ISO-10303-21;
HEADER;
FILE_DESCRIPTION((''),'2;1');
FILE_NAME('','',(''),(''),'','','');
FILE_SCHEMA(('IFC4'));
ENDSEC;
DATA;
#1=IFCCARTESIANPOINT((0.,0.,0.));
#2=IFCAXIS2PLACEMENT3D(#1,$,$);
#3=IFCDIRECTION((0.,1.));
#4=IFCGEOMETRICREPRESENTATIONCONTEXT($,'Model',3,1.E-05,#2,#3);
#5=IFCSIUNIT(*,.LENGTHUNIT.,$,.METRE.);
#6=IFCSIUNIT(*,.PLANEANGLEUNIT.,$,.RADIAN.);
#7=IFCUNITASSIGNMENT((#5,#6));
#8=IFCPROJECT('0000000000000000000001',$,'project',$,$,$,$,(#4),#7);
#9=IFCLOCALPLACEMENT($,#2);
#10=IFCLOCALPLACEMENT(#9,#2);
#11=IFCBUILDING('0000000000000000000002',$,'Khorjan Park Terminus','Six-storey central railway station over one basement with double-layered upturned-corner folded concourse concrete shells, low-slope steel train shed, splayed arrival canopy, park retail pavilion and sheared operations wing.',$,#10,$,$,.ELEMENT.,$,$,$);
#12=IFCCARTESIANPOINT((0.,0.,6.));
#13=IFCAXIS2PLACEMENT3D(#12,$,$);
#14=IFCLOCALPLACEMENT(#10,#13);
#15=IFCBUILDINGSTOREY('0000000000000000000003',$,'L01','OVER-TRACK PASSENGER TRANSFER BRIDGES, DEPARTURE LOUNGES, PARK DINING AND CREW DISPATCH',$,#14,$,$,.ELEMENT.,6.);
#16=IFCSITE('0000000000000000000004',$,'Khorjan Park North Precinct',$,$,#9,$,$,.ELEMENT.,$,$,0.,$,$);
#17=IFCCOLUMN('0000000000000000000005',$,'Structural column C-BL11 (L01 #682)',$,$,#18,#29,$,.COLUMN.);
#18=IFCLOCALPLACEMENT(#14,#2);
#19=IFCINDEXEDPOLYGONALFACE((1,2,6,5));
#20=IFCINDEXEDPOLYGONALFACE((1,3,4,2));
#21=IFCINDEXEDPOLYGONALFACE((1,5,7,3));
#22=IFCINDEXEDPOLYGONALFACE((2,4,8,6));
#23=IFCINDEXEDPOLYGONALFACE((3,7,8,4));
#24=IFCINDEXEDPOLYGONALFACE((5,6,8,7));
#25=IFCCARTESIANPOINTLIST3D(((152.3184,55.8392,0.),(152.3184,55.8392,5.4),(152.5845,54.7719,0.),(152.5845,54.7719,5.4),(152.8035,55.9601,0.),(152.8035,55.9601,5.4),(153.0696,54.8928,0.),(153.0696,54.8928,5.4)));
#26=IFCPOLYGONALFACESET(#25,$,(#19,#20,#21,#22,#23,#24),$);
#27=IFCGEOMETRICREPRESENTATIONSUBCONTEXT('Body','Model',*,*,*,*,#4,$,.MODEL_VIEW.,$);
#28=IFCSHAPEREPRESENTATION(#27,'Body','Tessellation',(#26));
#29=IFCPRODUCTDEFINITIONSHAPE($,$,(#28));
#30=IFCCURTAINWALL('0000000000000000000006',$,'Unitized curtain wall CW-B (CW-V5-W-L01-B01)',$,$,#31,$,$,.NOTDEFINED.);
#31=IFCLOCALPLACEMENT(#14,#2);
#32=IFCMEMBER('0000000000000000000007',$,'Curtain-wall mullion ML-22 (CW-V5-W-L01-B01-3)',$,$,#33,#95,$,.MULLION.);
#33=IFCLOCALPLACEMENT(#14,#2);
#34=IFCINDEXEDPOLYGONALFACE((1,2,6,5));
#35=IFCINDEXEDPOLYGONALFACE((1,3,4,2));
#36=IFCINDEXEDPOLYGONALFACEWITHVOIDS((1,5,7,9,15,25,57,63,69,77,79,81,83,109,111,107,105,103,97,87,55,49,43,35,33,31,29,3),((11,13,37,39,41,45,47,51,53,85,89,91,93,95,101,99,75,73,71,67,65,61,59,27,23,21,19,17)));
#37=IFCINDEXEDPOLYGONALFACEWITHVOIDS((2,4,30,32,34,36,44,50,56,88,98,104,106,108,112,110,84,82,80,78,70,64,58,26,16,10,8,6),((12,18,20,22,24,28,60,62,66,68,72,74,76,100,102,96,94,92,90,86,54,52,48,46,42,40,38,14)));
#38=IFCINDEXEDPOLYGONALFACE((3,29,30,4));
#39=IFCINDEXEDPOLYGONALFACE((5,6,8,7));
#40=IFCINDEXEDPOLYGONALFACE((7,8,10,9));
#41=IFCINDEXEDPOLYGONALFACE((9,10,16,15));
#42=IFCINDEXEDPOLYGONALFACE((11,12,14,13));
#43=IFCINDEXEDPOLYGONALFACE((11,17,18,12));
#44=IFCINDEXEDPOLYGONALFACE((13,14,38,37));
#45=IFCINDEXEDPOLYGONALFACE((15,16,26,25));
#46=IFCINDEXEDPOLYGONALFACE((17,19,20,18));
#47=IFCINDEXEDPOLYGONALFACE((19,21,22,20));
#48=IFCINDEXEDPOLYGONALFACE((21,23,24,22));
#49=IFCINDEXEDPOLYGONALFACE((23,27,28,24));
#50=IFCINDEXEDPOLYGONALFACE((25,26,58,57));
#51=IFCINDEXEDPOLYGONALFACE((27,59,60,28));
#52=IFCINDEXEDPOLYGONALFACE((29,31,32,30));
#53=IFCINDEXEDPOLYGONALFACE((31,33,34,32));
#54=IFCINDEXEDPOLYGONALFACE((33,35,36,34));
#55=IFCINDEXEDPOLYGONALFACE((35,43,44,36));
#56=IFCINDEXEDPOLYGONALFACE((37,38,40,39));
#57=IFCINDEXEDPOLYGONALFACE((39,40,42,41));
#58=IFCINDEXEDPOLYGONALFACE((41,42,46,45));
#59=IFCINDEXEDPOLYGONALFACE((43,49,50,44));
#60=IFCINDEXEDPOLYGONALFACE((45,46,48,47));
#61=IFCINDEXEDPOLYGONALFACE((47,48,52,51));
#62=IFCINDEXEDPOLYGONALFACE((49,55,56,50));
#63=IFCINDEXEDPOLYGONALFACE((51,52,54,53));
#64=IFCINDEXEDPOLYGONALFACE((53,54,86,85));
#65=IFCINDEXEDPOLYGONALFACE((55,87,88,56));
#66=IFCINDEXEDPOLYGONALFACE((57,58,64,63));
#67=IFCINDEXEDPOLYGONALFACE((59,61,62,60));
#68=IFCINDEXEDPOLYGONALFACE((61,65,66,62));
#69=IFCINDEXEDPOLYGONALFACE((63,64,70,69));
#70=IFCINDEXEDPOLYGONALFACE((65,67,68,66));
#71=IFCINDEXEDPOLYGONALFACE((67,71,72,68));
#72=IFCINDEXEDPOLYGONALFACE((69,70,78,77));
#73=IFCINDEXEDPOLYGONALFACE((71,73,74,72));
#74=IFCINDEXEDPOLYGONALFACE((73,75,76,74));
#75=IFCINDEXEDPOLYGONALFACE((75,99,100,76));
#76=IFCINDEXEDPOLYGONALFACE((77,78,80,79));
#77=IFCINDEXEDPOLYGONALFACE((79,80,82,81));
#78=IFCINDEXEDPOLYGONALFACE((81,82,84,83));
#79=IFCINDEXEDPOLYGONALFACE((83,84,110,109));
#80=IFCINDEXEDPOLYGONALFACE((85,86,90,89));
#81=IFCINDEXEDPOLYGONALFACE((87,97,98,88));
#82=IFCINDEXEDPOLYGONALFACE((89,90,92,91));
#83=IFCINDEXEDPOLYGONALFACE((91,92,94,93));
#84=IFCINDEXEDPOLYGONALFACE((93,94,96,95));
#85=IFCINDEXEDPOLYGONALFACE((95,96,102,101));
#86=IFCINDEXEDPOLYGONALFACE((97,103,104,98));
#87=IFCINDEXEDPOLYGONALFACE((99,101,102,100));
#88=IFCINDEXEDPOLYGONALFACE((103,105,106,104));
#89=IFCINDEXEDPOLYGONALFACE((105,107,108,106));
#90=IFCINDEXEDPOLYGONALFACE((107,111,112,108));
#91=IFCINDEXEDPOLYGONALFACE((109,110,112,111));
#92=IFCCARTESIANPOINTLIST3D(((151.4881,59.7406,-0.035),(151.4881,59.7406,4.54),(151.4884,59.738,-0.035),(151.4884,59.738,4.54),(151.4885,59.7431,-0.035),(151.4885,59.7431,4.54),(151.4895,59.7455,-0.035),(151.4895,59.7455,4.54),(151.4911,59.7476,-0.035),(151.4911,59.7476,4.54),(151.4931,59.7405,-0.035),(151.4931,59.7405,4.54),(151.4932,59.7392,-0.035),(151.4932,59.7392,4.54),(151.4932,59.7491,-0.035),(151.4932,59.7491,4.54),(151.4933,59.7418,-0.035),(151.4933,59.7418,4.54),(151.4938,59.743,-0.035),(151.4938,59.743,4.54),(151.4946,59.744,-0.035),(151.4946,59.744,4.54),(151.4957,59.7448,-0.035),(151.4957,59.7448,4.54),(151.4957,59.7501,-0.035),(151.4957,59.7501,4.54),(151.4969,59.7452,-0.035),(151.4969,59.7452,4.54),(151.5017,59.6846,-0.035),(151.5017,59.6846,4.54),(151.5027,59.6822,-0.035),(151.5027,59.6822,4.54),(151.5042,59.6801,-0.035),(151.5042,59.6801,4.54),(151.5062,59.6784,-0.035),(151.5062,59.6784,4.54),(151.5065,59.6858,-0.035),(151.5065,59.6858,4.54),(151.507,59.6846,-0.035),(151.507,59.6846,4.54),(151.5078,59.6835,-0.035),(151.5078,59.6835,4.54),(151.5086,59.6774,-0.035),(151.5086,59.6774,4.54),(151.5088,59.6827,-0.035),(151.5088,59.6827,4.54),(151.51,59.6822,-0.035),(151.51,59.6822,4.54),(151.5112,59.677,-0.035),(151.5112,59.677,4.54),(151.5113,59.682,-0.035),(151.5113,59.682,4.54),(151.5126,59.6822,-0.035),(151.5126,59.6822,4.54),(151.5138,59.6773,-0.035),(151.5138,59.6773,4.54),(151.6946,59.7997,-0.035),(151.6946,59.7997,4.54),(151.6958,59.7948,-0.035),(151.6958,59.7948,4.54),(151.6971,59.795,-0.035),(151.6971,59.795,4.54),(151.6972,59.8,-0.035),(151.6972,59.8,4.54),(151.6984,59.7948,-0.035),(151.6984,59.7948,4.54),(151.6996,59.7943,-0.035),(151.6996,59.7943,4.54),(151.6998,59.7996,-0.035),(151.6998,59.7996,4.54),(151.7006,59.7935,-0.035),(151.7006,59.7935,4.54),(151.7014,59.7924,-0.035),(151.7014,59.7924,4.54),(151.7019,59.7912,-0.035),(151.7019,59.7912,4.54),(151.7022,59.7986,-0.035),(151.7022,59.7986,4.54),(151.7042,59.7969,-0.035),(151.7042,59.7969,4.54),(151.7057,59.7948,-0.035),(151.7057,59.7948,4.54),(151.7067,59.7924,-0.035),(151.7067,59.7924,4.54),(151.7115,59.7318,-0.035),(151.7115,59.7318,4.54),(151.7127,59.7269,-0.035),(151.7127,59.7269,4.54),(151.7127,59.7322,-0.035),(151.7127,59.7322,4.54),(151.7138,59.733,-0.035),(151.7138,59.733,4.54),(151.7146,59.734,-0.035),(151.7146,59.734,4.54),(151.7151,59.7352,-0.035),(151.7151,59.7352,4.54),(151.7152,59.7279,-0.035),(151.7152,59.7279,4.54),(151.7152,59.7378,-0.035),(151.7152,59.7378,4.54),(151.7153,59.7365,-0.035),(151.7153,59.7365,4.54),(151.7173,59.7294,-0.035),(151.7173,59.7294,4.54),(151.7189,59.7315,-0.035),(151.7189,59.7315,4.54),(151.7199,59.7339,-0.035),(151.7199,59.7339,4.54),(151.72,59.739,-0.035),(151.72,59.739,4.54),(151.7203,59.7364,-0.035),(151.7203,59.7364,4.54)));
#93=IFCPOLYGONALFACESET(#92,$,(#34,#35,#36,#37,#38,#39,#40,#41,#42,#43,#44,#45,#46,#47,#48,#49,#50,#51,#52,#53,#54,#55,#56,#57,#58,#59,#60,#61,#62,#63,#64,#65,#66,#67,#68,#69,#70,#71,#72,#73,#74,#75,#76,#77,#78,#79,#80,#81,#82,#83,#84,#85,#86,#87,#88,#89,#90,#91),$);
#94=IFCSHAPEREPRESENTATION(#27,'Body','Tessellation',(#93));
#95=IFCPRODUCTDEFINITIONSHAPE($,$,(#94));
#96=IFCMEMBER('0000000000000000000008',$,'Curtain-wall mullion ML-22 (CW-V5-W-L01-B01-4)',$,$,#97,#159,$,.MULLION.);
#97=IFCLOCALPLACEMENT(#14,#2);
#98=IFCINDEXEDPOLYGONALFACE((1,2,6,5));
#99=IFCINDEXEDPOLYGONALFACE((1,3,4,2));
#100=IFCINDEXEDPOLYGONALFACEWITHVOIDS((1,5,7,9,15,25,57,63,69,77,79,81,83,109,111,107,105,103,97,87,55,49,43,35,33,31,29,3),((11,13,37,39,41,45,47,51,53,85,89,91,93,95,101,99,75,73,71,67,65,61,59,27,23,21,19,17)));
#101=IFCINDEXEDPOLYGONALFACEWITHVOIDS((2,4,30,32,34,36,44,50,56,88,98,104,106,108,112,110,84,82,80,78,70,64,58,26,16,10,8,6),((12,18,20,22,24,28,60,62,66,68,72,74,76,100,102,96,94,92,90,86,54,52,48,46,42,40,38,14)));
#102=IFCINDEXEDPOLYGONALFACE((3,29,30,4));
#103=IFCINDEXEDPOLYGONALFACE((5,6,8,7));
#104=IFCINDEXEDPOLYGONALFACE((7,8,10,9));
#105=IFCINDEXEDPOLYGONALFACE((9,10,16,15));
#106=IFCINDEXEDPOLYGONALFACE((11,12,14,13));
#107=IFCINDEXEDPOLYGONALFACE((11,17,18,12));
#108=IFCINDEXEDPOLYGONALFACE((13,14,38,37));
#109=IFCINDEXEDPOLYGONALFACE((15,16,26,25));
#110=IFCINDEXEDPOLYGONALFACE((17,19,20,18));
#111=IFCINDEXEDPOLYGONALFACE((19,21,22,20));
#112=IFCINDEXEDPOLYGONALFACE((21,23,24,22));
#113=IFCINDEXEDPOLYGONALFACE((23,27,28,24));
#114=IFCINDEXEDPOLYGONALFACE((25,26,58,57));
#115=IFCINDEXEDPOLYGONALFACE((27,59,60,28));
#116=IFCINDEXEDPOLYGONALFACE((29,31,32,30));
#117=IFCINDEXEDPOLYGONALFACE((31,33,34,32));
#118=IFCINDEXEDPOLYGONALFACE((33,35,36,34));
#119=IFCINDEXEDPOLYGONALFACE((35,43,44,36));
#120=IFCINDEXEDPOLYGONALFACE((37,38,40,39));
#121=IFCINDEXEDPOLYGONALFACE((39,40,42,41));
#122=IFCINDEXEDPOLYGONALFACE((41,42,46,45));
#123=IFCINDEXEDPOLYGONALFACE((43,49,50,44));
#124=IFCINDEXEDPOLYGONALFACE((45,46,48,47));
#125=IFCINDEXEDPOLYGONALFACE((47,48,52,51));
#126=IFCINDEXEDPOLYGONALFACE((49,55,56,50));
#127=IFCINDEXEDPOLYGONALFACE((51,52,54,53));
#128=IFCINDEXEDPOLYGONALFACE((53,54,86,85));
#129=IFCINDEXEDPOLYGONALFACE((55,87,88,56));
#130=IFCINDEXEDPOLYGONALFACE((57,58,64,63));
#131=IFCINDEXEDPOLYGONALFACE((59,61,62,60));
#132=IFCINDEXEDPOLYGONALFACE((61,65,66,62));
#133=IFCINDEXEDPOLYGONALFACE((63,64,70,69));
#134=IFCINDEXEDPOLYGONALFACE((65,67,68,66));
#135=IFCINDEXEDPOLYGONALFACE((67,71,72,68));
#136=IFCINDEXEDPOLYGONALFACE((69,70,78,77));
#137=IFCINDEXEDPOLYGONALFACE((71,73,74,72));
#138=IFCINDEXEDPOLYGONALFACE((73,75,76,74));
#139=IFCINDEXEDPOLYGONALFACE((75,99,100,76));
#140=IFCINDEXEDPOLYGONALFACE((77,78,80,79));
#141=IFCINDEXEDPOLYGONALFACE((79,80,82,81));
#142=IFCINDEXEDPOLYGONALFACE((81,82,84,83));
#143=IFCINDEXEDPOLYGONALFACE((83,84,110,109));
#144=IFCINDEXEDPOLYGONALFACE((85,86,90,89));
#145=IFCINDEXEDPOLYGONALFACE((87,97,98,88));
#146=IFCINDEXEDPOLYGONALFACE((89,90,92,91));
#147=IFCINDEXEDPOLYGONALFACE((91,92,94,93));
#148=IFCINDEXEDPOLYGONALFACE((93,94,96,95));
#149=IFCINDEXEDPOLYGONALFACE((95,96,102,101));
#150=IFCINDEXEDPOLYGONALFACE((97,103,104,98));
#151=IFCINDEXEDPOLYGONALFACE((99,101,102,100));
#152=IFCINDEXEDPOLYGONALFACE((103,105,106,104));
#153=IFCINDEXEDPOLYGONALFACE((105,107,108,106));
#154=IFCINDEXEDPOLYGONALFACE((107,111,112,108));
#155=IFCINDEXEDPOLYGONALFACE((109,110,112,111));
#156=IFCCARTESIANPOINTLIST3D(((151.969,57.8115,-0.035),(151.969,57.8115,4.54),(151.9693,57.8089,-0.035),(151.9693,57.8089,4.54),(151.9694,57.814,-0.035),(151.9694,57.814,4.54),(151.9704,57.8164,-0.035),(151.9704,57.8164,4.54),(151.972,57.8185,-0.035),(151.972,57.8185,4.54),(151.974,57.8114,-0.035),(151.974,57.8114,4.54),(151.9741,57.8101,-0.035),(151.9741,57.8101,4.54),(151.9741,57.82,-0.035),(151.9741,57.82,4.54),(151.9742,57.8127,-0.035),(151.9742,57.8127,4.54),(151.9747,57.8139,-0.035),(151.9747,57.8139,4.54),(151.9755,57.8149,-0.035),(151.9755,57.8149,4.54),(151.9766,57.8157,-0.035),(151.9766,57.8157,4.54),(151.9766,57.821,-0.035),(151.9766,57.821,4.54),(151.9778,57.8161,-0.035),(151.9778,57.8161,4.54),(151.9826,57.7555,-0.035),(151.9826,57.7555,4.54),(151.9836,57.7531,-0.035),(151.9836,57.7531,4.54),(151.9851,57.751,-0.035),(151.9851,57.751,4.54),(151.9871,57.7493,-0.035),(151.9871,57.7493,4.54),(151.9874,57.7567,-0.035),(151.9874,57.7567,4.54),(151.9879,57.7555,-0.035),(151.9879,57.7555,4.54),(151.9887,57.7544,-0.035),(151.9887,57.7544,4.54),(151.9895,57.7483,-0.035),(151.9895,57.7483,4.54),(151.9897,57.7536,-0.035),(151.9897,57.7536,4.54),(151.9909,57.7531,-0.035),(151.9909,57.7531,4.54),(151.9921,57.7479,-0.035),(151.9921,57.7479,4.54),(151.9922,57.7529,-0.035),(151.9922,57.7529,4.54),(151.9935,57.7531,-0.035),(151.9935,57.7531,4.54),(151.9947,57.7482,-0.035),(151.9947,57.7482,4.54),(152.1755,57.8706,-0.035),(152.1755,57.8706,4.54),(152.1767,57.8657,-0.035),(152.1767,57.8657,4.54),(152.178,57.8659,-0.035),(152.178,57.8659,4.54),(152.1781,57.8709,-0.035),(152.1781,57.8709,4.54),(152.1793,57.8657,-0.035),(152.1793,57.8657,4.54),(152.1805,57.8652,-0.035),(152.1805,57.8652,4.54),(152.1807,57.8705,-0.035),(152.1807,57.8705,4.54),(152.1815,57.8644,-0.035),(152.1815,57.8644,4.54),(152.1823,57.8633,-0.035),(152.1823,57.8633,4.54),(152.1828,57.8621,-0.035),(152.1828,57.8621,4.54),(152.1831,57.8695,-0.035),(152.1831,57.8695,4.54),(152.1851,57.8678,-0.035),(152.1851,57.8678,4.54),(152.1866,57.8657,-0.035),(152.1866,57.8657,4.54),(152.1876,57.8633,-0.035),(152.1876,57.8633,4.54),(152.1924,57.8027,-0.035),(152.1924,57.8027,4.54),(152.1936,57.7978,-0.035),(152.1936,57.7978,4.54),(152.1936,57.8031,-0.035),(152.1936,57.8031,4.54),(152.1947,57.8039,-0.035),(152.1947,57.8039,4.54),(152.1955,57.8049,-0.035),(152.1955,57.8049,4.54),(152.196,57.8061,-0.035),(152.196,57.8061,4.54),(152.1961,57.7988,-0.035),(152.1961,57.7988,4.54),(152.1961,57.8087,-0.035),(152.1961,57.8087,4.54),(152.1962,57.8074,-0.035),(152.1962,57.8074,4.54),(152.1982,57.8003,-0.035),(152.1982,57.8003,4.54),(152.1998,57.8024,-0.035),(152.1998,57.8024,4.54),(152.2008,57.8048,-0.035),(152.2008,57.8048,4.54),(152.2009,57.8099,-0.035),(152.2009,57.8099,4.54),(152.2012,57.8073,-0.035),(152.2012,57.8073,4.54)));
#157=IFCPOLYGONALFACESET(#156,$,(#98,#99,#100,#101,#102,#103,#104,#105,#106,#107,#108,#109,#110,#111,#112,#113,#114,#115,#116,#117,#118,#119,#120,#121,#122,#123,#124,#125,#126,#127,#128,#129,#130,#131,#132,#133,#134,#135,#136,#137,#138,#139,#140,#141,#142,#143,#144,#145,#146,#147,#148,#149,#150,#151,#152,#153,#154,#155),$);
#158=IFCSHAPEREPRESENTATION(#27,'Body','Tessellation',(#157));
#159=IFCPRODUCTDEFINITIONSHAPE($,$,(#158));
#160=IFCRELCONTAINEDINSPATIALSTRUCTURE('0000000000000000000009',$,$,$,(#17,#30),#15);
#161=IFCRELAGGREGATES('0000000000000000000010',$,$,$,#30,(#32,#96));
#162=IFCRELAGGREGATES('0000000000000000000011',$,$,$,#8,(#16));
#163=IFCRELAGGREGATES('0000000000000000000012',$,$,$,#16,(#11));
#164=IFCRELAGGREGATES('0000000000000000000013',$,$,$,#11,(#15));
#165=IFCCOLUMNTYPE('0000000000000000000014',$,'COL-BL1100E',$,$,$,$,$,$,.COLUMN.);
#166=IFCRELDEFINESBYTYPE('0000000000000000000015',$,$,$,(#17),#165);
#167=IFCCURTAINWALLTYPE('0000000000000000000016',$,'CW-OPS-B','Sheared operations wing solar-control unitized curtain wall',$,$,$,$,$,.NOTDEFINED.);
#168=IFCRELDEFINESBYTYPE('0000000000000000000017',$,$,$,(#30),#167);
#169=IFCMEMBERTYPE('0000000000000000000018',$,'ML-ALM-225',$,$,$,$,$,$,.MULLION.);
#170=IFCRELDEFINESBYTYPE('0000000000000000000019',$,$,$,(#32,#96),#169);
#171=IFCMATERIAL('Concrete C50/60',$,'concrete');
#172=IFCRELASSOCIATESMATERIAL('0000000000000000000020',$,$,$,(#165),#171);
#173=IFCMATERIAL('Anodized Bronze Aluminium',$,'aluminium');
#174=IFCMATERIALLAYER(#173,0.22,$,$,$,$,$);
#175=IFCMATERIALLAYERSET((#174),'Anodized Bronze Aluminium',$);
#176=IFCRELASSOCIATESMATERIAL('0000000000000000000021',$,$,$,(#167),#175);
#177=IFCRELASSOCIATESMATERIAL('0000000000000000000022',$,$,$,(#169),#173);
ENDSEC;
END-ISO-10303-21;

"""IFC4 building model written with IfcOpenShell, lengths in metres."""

from ifc_helpers import new_model, si_unit, direction, frame, origin, origin_2d, place, context, subcontext, project, spatial, rectangle, hollow_rectangle, extrude, material, layer, layer_set, material_profile, profile_set, type_object, element, aggregate, save


model = new_model("IFC4")

# Units and contexts
model_context = context("Model", 3, precision=1e-05, world=origin(), true_north=direction((0.0, 1.0)))
body_context = subcontext(model_context, "Body", "Model", "MODEL_VIEW")
ifc_project = project(units=[si_unit("LENGTHUNIT", "METRE"), si_unit("PLANEANGLEUNIT", "RADIAN")], contexts=[model_context])

# Site, building, storey
site_placement = place(None, origin())
site = spatial("IfcSite", under=ifc_project, at=site_placement, Name="Khorjan Park North Precinct", CompositionType="ELEMENT", RefElevation=0.0)
building_placement = place(site_placement, origin())
building = spatial("IfcBuilding", under=site, at=building_placement, Name="Khorjan Park Terminus", Description="Six-storey central railway station over one basement with double-layered upturned-corner folded concourse concrete shells, low-slope steel train shed, splayed arrival canopy, park retail pavilion and sheared operations wing.", CompositionType="ELEMENT")
storey_placement = place(building_placement, frame((0.0, 0.0, 6.0)))
storey = spatial("IfcBuildingStorey", under=building, at=storey_placement, Name="L01", Description="OVER-TRACK PASSENGER TRANSFER BRIDGES, DEPARTURE LOUNGES, PARK DINING AND CREW DISPATCH", CompositionType="ELEMENT", Elevation=6.0)

# Column
ifc_material_1 = material(Name="Concrete C50/60", Category="concrete")
ifc_material_profile_1 = material_profile(ifc_material_1, rectangle(XDim=0.5, YDim=1.1, at=origin_2d()), Name="RC 500x1100")
ifc_profile_set_1 = profile_set([ifc_material_profile_1], Name="Concrete C50/60")
column_type = type_object("IfcColumnType", Name="COL-BL1100E", PredefinedType="COLUMN", material=ifc_profile_set_1)
column_placement = place(storey_placement, frame((152.694, 55.366, 0.0), z_axis=(0.0, 0.0, 1.0), x_axis=(0.970296, 0.241922, 0.0)))
element("IfcColumn", 1, at=column_placement, inside=storey, type_object=column_type, Name="Structural column C-BL11 (L01 #682)", PredefinedType="COLUMN", context=body_context, shape_type="SweptSolid", body=[
    extrude(rectangle(XDim=0.5, YDim=1.1, at=origin_2d()), origin(), (0.0, 0.0, 1.0), 5.4),
])

# Curtain wall, members
ifc_material_2 = material(Name="Anodized Bronze Aluminium", Category="aluminium")
ifc_layer_1 = layer(ifc_material_2, 0.22)
ifc_layer_set_1 = layer_set([ifc_layer_1], Name="Anodized Bronze Aluminium")
curtain_wall_type = type_object("IfcCurtainWallType", Name="CW-OPS-B", Description="Sheared operations wing solar-control unitized curtain wall", PredefinedType="NOTDEFINED", material=ifc_layer_set_1)
curtain_wall_placement = place(storey_placement, origin())
curtain_wall = element("IfcCurtainWall", 2, at=curtain_wall_placement, inside=storey, type_object=curtain_wall_type, Name="Unitized curtain wall CW-B (CW-V5-W-L01-B01)", PredefinedType="NOTDEFINED")
ifc_material_profile_2 = material_profile(ifc_material_2, hollow_rectangle(XDim=0.075, YDim=0.225, WallThickness=0.005, InnerFilletRadius=0.005, OuterFilletRadius=0.01, at=origin_2d()), Name="ALM 75x225x5")
ifc_profile_set_2 = profile_set([ifc_material_profile_2], Name="Anodized Bronze Aluminium")
member_type_1 = type_object("IfcMemberType", Name="ML-ALM-225", PredefinedType="MULLION", material=ifc_profile_set_2)
member_1_placement = place(storey_placement, frame((151.6042, 59.7385, -0.035), z_axis=(0.0, 0.0, 1.0), x_axis=(0.241913, -0.970298, 0.0)))
member_1 = element("IfcMember", 3, at=member_1_placement, type_object=member_type_1, Name="Curtain-wall mullion ML-22 (CW-V5-W-L01-B01-3)", PredefinedType="MULLION", context=body_context, shape_type="SweptSolid", body=[
    extrude(hollow_rectangle(XDim=0.075, YDim=0.225, WallThickness=0.005, InnerFilletRadius=0.005, OuterFilletRadius=0.01, at=origin_2d()), origin(), (0.0, 0.0, 1.0), 4.575),
])
member_2_placement = place(storey_placement, frame((152.0851, 57.8094, -0.035), z_axis=(0.0, 0.0, 1.0), x_axis=(0.241913, -0.970298, 0.0)))
member_2 = element("IfcMember", 4, at=member_2_placement, type_object=member_type_1, Name="Curtain-wall mullion ML-22 (CW-V5-W-L01-B01-4)", PredefinedType="MULLION", context=body_context, shape_type="SweptSolid", body=[
    extrude(hollow_rectangle(XDim=0.075, YDim=0.225, WallThickness=0.005, InnerFilletRadius=0.005, OuterFilletRadius=0.01, at=origin_2d()), origin(), (0.0, 0.0, 1.0), 4.575),
])
aggregate(curtain_wall, [member_1, member_2])

save(model, "model.ifc")
